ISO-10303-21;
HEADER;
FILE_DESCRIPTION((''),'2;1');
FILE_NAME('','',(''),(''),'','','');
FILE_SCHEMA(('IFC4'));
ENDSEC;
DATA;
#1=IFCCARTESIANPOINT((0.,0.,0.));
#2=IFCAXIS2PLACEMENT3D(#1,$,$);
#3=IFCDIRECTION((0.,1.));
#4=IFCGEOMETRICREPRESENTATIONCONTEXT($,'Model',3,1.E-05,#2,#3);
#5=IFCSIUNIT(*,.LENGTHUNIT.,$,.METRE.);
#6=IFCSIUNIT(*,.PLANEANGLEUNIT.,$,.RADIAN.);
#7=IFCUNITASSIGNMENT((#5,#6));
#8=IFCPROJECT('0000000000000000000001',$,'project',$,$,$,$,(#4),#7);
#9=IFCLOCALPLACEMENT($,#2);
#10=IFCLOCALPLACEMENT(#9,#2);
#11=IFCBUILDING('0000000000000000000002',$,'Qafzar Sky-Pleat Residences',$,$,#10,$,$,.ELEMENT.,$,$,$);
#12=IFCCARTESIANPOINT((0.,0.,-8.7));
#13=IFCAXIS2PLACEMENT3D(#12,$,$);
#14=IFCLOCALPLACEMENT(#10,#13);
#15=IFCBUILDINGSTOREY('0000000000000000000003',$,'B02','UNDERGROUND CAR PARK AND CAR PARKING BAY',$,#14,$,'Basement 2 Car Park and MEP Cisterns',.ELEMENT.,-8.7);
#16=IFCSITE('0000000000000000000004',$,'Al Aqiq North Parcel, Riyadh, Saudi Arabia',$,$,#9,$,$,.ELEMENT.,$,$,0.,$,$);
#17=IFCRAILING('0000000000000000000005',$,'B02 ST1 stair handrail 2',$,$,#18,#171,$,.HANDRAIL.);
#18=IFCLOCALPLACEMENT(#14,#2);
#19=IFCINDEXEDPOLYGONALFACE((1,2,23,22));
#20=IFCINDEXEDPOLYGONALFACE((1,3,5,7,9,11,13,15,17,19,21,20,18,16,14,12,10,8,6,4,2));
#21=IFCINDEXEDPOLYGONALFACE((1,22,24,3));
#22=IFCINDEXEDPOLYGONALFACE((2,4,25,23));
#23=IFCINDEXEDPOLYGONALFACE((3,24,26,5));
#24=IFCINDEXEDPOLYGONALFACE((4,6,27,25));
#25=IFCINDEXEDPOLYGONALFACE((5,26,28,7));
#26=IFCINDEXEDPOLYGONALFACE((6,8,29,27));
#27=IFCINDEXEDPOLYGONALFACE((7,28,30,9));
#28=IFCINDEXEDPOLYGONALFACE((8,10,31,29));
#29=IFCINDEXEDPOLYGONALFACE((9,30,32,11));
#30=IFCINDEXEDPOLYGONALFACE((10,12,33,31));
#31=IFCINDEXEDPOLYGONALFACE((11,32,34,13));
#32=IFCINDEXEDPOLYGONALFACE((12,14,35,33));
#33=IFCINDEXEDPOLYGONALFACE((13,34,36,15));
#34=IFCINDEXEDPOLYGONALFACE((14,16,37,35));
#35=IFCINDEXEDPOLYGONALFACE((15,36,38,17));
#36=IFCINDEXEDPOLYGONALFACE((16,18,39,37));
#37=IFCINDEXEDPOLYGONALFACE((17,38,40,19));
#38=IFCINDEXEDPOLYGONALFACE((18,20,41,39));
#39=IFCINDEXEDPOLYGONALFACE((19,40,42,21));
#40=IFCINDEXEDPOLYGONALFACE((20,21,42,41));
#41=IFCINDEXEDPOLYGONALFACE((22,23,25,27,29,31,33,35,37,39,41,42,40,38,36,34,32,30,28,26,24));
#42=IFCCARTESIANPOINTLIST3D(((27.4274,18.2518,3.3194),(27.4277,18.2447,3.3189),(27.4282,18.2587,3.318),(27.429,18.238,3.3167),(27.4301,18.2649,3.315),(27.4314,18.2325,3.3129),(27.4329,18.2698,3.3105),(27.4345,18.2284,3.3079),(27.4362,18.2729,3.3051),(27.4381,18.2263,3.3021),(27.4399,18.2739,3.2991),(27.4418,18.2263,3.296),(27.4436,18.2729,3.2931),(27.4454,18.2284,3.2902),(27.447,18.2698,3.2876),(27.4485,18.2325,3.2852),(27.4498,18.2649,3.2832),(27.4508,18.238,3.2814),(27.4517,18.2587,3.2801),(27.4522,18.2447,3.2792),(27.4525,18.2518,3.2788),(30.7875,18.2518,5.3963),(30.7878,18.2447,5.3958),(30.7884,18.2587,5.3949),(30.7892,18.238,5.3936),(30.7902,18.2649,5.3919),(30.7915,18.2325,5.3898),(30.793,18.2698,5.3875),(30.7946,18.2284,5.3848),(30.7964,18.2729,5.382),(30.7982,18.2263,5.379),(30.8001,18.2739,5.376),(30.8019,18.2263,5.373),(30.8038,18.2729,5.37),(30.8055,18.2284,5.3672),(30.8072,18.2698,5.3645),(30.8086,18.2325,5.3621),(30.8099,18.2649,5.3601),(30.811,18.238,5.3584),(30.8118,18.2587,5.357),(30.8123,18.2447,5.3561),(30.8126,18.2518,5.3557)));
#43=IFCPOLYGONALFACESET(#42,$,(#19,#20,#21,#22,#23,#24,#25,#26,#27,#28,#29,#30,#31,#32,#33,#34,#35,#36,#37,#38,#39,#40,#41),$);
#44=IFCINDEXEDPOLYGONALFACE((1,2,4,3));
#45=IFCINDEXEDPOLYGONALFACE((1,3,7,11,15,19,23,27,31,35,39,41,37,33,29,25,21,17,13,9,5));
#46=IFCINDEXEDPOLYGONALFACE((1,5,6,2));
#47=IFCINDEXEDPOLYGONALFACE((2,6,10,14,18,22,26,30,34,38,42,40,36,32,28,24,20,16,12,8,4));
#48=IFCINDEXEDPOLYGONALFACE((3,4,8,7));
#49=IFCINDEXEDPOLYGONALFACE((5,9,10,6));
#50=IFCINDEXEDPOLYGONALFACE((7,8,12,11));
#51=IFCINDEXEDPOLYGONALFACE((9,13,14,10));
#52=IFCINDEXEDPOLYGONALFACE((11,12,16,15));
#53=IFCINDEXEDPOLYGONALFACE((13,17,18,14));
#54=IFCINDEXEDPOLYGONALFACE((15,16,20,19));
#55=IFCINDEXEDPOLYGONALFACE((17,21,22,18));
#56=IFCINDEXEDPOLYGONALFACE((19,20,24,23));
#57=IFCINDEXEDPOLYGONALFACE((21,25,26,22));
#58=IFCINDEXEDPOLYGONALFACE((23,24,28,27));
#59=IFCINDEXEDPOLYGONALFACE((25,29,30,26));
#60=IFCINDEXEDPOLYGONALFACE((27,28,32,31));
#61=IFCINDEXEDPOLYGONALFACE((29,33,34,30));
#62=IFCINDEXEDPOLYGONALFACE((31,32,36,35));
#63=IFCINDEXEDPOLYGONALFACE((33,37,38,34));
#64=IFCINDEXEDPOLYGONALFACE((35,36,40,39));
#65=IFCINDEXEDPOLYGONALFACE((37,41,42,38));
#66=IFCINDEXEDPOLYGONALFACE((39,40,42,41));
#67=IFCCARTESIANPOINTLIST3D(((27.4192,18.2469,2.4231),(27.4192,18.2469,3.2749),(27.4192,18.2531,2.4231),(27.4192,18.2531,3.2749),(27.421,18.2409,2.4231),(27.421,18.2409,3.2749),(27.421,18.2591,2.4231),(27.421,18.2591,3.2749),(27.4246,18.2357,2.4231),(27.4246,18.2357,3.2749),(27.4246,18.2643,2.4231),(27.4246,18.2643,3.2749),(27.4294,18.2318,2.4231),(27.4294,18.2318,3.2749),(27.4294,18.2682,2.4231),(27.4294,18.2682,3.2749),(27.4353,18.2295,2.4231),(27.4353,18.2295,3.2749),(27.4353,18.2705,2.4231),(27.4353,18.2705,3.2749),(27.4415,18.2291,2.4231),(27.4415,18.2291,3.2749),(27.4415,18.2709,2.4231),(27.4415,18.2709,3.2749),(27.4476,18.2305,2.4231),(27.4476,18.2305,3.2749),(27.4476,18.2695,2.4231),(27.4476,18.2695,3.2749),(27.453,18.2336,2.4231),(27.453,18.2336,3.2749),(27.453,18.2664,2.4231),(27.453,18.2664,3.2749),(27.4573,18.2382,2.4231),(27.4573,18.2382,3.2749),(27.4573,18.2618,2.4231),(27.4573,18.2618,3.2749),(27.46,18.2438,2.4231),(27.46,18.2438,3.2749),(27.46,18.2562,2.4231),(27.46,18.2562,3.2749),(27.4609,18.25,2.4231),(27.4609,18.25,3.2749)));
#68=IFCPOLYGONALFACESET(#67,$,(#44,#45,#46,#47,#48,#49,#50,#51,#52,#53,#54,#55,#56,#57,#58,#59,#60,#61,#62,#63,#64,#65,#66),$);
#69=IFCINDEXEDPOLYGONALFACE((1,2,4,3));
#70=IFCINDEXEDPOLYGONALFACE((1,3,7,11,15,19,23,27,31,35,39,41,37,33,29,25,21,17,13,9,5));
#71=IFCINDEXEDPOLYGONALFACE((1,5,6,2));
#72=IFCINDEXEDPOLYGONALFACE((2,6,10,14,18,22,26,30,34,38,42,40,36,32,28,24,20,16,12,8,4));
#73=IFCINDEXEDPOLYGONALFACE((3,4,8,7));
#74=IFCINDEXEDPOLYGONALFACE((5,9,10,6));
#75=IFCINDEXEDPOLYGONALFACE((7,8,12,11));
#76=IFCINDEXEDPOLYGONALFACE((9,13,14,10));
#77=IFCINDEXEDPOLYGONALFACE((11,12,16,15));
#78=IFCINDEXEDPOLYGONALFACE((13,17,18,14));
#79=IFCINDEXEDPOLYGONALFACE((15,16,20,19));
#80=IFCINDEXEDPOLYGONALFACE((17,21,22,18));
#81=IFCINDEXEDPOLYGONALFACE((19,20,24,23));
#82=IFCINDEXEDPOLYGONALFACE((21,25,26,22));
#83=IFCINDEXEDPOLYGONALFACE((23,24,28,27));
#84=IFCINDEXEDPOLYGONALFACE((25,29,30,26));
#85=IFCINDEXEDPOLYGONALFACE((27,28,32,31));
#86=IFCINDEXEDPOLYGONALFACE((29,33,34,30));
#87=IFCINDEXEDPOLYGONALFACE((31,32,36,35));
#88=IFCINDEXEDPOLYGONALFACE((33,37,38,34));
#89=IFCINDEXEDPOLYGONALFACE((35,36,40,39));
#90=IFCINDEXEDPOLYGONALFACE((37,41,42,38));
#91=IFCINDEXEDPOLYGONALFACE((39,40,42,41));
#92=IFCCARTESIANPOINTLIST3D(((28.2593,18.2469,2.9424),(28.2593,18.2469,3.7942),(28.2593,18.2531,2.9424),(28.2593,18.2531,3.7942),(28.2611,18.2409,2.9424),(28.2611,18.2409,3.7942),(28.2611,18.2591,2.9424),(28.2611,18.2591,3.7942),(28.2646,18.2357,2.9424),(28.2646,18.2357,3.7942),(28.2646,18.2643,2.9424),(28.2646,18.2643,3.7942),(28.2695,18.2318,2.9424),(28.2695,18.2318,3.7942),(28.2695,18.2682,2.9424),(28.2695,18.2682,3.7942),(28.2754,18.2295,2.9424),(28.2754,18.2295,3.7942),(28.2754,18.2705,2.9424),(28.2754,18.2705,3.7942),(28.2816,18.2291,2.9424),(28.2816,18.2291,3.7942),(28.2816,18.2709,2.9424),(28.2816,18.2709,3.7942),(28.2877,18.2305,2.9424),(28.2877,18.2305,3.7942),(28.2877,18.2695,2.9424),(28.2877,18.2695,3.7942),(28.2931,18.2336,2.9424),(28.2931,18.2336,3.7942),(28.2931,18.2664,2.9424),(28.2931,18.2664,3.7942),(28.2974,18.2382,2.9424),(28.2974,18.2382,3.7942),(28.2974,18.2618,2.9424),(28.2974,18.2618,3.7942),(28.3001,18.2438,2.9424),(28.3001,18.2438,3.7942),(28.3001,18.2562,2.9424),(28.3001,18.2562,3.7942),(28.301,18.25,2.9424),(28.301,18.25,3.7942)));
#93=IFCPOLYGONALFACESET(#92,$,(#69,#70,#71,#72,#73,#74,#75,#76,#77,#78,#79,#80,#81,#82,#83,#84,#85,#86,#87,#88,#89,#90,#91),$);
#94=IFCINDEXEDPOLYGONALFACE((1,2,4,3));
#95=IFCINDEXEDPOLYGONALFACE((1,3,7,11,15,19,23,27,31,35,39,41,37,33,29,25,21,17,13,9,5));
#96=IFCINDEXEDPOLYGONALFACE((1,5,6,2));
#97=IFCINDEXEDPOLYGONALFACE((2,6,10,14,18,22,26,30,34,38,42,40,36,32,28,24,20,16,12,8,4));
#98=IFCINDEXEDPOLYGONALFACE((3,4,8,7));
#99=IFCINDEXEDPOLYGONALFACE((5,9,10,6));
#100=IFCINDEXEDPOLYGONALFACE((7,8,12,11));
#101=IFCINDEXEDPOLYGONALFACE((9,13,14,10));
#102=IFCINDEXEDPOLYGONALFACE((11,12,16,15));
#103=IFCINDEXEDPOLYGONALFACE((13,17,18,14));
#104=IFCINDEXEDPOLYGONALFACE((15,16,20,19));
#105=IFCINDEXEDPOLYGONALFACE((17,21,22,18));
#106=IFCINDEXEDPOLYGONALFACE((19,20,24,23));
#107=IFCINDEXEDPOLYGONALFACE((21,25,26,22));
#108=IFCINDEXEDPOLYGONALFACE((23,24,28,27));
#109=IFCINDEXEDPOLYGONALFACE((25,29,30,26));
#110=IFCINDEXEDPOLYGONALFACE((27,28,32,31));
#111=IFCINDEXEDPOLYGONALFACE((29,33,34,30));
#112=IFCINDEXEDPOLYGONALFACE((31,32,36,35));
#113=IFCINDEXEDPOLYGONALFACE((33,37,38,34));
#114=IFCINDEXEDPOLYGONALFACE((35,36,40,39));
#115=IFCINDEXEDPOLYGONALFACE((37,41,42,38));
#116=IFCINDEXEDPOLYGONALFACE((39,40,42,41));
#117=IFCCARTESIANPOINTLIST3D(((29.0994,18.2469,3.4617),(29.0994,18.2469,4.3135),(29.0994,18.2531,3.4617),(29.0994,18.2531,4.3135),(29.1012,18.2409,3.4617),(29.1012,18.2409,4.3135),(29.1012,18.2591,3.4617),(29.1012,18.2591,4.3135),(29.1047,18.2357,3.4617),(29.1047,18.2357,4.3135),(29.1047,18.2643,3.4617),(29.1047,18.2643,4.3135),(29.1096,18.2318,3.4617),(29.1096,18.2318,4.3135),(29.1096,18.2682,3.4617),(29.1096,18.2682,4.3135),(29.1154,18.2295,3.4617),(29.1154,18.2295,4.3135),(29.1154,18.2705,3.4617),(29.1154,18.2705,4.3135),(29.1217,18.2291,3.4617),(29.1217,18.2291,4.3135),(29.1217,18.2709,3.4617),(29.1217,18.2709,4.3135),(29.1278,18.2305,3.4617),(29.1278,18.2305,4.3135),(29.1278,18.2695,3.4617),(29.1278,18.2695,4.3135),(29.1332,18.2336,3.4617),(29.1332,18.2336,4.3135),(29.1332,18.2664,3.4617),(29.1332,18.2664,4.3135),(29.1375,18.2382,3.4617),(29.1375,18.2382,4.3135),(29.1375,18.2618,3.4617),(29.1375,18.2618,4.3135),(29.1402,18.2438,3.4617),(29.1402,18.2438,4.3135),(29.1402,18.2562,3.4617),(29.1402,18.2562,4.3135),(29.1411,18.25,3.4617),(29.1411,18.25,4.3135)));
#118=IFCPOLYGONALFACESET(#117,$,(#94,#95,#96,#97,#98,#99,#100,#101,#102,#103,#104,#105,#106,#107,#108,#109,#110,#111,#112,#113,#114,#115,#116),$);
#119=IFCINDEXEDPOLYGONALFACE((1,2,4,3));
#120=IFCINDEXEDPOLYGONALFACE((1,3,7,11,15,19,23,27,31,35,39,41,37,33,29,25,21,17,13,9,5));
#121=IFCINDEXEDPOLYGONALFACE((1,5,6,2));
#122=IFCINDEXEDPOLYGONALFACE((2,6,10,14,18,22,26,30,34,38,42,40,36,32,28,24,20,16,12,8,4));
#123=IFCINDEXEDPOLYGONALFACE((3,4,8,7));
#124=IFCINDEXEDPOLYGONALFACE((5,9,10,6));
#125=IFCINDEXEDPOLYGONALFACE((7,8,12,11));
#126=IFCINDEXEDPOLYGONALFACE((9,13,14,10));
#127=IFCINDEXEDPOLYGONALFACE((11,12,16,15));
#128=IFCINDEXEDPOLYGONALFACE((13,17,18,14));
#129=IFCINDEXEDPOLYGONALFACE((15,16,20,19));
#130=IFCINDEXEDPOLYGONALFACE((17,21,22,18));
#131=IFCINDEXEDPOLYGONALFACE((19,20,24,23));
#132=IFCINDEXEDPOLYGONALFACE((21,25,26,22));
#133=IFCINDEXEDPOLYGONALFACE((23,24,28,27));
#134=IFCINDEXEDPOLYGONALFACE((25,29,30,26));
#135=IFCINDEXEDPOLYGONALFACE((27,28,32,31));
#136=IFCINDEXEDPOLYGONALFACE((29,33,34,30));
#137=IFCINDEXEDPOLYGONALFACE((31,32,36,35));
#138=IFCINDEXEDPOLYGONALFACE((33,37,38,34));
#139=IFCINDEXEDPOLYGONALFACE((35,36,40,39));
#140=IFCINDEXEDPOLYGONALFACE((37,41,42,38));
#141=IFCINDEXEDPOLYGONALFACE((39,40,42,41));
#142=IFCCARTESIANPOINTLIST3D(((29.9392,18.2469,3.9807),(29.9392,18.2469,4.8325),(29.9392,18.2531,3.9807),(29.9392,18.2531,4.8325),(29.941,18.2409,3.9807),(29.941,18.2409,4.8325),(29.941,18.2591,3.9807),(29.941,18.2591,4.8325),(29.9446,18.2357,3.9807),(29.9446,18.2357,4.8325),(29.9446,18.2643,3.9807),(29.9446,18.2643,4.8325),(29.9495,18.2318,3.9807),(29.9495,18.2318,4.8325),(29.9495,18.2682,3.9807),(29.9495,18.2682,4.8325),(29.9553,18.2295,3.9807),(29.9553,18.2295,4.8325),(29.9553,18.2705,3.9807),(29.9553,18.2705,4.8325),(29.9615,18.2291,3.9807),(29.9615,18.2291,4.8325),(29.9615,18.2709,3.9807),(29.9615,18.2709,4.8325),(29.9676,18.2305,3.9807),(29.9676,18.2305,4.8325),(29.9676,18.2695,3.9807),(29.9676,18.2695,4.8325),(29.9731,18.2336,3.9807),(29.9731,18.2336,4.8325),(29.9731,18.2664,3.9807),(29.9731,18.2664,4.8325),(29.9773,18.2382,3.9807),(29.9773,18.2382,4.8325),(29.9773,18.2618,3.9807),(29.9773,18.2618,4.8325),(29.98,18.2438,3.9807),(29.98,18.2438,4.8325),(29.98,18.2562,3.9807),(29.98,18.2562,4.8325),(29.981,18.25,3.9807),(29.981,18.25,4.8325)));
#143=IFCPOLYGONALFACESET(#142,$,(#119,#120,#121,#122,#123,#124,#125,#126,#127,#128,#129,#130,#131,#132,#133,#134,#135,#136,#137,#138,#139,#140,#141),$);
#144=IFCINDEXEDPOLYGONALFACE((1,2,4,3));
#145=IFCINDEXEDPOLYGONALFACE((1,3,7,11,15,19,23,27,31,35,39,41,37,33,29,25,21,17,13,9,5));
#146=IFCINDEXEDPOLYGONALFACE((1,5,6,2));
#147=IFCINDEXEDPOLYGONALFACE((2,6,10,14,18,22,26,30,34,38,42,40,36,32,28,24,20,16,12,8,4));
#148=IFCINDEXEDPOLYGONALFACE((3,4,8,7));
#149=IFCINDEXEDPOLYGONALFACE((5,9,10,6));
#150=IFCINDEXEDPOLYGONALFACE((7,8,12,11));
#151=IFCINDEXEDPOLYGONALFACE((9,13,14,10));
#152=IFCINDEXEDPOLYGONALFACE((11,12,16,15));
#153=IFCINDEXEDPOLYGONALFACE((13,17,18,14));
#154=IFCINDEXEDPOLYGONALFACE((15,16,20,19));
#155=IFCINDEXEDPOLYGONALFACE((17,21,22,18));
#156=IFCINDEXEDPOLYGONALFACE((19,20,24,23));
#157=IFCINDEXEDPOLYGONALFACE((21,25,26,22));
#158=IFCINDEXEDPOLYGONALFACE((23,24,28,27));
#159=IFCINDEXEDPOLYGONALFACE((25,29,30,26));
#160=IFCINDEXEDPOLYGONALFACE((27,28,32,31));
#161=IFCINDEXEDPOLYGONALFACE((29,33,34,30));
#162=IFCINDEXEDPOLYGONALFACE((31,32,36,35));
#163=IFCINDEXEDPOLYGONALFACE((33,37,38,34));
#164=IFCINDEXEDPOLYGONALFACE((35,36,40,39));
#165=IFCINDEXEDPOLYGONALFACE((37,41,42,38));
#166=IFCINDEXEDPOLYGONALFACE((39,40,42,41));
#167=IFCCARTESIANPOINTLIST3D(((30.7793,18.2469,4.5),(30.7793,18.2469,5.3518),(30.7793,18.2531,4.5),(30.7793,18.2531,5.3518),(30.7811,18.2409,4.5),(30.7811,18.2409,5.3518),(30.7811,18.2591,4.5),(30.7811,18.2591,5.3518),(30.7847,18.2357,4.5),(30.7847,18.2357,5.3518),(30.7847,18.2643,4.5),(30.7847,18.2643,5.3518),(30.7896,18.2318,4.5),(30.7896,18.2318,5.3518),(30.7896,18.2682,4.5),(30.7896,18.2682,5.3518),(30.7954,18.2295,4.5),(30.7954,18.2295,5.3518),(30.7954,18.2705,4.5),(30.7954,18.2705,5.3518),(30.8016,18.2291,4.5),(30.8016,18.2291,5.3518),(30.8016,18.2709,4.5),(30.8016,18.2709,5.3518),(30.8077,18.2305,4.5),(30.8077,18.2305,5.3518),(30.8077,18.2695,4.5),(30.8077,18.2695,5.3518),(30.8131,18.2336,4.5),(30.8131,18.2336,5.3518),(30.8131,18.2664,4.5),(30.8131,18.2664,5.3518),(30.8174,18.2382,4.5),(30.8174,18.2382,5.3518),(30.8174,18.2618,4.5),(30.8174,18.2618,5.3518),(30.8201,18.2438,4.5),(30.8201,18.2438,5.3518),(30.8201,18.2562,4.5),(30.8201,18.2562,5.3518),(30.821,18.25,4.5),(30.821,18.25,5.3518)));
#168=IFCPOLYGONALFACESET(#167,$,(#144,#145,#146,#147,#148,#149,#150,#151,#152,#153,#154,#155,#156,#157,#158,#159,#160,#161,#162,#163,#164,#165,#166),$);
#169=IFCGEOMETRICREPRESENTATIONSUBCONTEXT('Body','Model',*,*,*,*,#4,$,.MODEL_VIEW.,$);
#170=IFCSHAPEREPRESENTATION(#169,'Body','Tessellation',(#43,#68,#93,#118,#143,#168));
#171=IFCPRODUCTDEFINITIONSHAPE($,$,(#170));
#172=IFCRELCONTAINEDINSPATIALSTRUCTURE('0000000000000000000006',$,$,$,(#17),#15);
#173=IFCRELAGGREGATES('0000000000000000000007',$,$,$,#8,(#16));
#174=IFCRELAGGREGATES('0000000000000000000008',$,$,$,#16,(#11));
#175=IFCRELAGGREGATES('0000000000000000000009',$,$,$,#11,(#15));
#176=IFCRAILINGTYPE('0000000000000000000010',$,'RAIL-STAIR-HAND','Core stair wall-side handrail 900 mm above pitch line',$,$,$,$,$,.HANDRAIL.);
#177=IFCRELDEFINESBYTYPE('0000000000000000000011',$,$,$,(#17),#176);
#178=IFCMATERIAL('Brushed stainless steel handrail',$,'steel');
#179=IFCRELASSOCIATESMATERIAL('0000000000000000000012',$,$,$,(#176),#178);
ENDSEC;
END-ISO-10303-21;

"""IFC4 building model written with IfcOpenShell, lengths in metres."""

from ifc_helpers import new_model, si_unit, direction, frame, origin, origin_2d, place, context, subcontext, project, spatial, circle, extrude, source, transform, mapped, material, type_object, element, save


model = new_model("IFC4")

# Units and contexts
model_context = context("Model", 3, precision=1e-05, world=origin(), true_north=direction((0.0, 1.0)))
body_context = subcontext(model_context, "Body", "Model", "MODEL_VIEW")
ifc_project = project(units=[si_unit("LENGTHUNIT", "METRE"), si_unit("PLANEANGLEUNIT", "RADIAN")], contexts=[model_context])

# Site, building, storey
site_placement = place(None, origin())
site = spatial("IfcSite", under=ifc_project, at=site_placement, Name="Al Aqiq North Parcel, Riyadh, Saudi Arabia", CompositionType="ELEMENT", RefElevation=0.0)
building_placement = place(site_placement, origin())
building = spatial("IfcBuilding", under=site, at=building_placement, Name="Qafzar Sky-Pleat Residences", CompositionType="ELEMENT")
storey_placement = place(building_placement, frame((0.0, 0.0, -8.7)))
storey = spatial("IfcBuildingStorey", under=building, at=storey_placement, Name="B02", Description="UNDERGROUND CAR PARK AND CAR PARKING BAY", LongName="Basement 2 Car Park and MEP Cisterns", CompositionType="ELEMENT", Elevation=-8.7)

# Railing
ifc_material_1 = material(Name="Brushed stainless steel handrail", Category="steel")
railing_type_1 = type_object("IfcRailingType", Name="RAIL-STAIR-HAND", Description="Core stair wall-side handrail 900 mm above pitch line", PredefinedType="HANDRAIL", material=ifc_material_1)
shared_shape_1 = source(origin(), body_context, "Body", "SweptSolid", [
    extrude(circle(Radius=0.0239, at=origin_2d()), frame((0.0, 0.0, 0.876), z_axis=(0.850623, 0.0, 0.525776), x_axis=(0.0, 1.0, 0.0)), (0.0, 0.0, 1.0), 3.9502),
    extrude(circle(Radius=0.021, at=origin_2d()), origin(), (0.0, 0.0, 1.0), 0.8518),
    extrude(circle(Radius=0.021, at=origin_2d()), frame((0.8401, 0.0, 0.5193)), (0.0, 0.0, 1.0), 0.8518),
    extrude(circle(Radius=0.021, at=origin_2d()), frame((1.6802, 0.0, 1.0386)), (0.0, 0.0, 1.0), 0.8518),
    extrude(circle(Radius=0.021, at=origin_2d()), frame((2.52, 0.0, 1.5576)), (0.0, 0.0, 1.0), 0.8518),
    extrude(circle(Radius=0.021, at=origin_2d()), frame((3.3601, 0.0, 2.0769)), (0.0, 0.0, 1.0), 0.8518),
])
railing_1_placement = place(storey_placement, frame((27.4399, 18.25, 2.4231)))
element("IfcRailing", 1, at=railing_1_placement, inside=storey, type_object=railing_type_1, Name="B02 ST1 stair handrail 2", PredefinedType="HANDRAIL", context=body_context, shape_type="MappedRepresentation", body=[
    mapped(shared_shape_1, transform((0.0, 0.0, 0.0), x_axis=(1.0, 0.0, 0.0), y_axis=(0.0, 1.0, 0.0), z_axis=(0.0, 0.0, 1.0), scale=1.0)),
])

save(model, "model.ifc")
